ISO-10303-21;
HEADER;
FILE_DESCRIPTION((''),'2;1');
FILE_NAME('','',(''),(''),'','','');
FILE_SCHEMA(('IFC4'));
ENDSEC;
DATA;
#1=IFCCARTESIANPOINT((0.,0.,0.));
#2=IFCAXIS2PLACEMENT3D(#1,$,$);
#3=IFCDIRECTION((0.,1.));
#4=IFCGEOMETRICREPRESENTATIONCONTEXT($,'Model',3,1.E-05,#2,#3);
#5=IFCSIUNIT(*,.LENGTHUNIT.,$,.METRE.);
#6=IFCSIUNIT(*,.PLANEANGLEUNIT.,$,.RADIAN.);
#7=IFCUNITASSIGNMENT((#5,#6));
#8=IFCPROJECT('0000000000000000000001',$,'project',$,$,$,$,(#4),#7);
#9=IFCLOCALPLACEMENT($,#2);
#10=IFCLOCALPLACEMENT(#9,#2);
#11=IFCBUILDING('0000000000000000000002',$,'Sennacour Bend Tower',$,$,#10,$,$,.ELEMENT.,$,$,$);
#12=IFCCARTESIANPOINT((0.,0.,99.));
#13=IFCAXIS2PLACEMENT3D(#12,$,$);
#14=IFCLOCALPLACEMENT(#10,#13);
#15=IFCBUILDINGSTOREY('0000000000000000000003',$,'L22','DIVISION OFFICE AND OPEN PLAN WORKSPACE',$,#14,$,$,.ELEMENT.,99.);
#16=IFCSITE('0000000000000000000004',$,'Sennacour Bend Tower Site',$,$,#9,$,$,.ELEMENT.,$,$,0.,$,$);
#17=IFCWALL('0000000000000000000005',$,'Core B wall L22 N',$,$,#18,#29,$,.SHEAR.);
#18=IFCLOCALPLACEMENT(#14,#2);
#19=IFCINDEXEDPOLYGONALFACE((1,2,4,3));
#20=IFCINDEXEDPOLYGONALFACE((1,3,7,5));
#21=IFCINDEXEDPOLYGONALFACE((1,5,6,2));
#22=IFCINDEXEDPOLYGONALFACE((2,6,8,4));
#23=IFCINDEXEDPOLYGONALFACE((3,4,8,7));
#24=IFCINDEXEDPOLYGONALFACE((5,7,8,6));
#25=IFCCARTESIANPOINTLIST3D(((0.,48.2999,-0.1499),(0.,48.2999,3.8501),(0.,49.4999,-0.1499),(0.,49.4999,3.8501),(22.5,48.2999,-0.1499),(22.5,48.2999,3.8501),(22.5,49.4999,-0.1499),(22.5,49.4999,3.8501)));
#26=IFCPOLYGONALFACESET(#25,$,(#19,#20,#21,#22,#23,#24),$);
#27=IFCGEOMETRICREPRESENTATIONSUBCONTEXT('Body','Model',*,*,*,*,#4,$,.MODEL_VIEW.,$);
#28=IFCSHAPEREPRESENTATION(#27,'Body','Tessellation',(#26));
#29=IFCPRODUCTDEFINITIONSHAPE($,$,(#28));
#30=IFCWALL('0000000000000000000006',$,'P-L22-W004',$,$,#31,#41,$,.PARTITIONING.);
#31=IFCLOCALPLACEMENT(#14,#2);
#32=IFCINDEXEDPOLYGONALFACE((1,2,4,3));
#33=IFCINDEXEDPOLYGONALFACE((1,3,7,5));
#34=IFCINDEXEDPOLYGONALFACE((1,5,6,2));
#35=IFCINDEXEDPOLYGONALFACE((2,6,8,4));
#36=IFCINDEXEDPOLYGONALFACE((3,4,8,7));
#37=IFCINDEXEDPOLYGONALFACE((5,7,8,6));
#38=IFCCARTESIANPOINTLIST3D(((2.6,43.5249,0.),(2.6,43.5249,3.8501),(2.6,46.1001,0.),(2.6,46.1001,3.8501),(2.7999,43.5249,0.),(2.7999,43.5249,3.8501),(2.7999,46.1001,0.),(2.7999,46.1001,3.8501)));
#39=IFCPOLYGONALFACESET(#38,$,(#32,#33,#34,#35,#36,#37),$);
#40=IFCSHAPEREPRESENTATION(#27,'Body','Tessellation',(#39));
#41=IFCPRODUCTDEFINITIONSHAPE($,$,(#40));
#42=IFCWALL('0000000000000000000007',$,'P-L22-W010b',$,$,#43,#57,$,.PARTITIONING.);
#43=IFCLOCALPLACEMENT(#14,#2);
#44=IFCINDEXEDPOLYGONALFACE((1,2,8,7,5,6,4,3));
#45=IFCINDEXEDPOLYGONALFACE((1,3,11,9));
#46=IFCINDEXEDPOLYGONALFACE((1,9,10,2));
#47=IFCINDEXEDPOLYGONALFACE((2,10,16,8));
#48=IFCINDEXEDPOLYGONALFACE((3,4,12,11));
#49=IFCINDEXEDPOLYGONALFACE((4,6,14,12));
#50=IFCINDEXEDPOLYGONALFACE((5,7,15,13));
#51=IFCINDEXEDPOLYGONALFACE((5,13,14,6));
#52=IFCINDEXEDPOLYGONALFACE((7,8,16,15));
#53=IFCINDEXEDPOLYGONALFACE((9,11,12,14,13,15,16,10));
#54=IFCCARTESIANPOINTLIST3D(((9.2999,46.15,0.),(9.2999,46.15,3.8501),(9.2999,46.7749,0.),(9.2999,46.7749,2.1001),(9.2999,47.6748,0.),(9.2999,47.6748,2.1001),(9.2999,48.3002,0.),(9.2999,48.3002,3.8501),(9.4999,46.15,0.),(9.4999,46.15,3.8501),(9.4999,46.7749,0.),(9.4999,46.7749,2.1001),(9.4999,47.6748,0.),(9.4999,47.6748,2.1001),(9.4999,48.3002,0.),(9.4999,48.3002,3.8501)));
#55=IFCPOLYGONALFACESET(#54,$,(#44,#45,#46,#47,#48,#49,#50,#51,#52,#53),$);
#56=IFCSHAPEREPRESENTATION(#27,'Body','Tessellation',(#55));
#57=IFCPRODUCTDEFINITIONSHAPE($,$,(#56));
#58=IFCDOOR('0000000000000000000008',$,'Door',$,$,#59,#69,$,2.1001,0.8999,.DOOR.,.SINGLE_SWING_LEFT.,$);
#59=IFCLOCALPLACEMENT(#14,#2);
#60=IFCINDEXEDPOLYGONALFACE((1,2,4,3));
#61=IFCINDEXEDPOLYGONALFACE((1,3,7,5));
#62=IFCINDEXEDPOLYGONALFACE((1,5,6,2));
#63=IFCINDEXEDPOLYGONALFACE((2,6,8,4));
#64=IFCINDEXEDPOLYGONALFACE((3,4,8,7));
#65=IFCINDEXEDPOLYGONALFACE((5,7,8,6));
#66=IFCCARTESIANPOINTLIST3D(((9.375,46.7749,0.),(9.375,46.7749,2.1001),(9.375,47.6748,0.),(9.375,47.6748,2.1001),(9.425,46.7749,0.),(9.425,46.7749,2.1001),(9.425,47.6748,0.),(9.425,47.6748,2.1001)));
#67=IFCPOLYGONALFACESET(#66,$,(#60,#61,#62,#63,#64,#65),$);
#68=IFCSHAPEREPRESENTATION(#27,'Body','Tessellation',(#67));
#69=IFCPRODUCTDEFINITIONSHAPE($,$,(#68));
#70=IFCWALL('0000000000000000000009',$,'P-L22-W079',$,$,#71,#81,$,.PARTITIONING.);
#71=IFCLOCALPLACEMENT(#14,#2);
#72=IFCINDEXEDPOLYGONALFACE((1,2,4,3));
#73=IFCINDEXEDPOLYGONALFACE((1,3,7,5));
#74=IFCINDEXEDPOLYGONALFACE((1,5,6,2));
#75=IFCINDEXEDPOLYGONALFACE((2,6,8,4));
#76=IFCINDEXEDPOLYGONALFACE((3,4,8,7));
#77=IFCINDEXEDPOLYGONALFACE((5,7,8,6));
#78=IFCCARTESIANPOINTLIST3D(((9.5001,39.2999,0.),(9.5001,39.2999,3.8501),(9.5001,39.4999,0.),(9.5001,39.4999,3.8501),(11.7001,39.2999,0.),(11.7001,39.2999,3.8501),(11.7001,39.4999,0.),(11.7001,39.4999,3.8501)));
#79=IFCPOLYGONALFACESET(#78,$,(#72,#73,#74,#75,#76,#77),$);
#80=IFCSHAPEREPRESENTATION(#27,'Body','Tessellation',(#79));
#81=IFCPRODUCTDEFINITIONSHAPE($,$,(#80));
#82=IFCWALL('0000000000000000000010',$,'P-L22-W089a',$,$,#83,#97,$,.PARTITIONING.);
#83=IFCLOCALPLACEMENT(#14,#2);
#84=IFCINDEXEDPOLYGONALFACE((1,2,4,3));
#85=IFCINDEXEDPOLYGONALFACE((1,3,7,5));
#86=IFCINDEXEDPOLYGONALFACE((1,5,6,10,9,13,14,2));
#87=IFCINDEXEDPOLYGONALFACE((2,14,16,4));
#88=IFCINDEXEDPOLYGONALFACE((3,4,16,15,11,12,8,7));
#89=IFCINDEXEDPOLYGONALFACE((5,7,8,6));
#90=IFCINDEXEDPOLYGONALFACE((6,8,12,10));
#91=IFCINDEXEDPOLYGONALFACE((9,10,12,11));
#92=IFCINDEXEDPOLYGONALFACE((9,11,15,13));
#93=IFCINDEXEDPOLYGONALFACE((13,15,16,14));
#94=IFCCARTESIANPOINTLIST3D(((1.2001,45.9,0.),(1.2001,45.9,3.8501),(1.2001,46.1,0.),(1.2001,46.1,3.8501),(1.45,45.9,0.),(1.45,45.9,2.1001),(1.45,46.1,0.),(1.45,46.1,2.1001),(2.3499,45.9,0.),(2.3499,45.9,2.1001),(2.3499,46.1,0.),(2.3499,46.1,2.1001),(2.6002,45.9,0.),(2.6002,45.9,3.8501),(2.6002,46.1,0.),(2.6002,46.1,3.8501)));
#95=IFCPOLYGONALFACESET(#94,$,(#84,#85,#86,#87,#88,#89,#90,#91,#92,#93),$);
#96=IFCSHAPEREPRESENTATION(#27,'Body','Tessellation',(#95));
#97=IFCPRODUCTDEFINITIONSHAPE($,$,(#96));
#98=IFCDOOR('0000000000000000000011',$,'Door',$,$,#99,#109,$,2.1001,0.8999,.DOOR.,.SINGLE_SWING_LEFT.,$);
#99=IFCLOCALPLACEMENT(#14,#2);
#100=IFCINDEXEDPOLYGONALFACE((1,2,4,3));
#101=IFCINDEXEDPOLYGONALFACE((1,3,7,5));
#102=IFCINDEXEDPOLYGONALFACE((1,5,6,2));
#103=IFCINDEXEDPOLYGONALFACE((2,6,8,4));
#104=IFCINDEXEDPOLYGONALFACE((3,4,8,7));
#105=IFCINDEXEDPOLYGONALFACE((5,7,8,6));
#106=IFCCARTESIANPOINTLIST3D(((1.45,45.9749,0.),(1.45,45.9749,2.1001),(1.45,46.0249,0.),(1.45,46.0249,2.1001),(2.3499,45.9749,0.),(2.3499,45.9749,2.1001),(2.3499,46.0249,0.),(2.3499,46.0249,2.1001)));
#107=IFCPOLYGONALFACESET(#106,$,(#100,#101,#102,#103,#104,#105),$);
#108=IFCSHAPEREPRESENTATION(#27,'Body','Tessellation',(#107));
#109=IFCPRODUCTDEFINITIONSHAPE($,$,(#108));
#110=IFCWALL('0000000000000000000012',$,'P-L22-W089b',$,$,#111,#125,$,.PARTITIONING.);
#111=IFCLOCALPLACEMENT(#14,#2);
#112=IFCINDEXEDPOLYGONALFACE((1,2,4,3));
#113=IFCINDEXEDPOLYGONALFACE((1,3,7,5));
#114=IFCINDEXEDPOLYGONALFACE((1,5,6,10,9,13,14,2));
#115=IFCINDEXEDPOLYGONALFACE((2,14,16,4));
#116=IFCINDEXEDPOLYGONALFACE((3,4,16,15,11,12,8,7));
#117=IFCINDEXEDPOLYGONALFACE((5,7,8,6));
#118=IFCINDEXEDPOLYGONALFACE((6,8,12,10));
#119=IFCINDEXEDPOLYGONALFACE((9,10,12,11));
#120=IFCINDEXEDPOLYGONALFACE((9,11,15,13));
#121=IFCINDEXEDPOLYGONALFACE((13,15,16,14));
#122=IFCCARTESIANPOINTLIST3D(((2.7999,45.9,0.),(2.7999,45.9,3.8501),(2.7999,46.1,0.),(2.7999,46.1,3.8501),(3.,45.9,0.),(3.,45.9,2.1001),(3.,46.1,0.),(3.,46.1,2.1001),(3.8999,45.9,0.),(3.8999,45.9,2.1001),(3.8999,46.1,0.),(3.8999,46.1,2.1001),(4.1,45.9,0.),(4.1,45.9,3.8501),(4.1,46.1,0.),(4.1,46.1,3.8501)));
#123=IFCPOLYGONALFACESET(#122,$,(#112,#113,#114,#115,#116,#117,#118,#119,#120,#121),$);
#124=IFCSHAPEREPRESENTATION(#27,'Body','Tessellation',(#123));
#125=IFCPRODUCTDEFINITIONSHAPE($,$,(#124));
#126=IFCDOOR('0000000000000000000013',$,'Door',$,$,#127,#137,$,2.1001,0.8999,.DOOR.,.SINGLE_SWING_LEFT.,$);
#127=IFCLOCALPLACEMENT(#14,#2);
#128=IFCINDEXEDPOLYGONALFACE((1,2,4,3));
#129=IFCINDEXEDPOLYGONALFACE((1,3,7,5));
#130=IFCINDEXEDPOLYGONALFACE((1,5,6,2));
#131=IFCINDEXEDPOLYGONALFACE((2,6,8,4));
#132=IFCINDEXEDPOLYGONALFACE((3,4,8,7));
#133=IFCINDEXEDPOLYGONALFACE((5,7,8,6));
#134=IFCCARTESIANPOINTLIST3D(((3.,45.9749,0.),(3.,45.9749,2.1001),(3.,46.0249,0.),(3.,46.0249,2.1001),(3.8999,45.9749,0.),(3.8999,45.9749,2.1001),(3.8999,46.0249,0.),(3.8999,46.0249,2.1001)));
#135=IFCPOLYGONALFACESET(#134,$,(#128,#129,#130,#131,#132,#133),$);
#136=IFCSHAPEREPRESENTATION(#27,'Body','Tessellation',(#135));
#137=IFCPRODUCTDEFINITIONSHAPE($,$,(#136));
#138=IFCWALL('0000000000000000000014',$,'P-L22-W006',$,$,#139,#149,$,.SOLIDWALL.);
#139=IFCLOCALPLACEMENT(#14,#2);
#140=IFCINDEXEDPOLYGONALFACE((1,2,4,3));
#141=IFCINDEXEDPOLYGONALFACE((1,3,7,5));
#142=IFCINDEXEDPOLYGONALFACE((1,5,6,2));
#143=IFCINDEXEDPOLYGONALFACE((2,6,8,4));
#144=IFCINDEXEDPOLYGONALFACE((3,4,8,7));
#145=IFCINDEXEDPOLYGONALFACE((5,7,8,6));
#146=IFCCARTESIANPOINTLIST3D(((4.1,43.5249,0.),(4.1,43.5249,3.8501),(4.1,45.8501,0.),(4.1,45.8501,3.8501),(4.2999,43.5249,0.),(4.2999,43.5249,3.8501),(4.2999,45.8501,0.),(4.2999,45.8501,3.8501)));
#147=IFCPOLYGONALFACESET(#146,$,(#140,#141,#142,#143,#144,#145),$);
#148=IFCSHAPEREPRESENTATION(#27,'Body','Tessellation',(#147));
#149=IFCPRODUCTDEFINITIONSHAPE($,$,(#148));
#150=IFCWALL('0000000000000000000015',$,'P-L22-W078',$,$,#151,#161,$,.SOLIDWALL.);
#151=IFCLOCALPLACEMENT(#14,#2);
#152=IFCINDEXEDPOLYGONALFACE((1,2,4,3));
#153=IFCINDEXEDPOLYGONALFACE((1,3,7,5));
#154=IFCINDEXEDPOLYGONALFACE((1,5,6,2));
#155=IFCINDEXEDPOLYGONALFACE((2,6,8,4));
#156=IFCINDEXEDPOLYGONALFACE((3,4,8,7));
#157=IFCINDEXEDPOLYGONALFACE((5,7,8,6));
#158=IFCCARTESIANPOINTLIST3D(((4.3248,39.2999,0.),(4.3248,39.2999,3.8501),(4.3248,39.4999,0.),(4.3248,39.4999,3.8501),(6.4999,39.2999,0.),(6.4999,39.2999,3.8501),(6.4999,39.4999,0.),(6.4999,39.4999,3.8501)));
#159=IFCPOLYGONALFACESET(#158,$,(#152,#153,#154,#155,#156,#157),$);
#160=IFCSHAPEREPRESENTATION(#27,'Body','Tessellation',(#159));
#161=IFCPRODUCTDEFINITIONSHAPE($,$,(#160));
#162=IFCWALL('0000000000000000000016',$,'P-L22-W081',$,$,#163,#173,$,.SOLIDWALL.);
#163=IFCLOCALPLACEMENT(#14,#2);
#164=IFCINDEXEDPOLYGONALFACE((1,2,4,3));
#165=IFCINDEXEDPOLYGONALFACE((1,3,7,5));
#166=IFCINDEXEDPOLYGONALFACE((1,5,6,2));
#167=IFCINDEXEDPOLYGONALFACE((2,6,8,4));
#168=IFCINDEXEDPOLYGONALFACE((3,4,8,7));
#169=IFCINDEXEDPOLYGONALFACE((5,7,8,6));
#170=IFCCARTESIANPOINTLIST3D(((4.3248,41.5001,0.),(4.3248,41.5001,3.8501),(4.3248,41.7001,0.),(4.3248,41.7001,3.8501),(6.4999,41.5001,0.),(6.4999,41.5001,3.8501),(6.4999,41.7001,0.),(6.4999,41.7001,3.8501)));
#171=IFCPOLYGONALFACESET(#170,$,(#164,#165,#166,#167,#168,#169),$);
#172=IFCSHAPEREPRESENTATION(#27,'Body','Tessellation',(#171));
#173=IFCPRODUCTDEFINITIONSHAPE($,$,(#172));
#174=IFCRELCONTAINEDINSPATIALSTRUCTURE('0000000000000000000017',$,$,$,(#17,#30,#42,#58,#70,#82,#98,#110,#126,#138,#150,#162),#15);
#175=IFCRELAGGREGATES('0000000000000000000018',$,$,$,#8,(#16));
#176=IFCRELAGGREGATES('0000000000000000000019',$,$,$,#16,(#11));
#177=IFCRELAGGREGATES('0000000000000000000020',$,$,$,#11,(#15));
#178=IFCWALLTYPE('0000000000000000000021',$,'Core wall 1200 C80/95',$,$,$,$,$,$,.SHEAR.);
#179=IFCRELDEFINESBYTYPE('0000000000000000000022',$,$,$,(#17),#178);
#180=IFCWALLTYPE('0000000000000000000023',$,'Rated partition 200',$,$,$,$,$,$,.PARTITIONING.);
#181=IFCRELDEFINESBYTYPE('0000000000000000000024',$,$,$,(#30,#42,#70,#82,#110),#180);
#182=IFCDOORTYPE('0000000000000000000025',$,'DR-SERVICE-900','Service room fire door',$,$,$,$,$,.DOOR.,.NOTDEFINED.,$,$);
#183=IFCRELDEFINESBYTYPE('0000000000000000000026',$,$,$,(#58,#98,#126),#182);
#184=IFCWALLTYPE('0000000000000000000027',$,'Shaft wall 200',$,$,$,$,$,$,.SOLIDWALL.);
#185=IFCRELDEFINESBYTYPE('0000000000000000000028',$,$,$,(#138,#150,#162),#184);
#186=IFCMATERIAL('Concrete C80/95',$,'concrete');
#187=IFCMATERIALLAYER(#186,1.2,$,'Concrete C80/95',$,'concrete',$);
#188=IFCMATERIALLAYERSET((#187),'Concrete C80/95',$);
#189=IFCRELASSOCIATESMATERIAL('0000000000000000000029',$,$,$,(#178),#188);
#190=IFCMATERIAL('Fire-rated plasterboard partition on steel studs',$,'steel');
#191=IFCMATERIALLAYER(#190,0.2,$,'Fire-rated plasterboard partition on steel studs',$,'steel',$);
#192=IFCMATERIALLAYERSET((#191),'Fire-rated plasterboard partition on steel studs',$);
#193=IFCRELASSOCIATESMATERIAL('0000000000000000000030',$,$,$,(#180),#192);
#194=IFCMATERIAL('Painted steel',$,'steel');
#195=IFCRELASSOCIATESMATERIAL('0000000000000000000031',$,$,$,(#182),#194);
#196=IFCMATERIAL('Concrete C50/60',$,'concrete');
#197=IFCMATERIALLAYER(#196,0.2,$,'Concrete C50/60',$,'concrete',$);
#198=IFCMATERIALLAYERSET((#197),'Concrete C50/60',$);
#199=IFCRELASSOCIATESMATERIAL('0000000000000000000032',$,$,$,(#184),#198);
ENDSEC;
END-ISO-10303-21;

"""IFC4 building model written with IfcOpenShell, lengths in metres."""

from ifc_helpers import new_model, si_unit, direction, frame, frame_2d, origin, place, context, subcontext, project, spatial, rectangle, extrude, material, layer, layer_set, type_object, element, fill, save


model = new_model("IFC4")

# Units and contexts
model_context = context("Model", 3, precision=1e-05, world=origin(), true_north=direction((0.0, 1.0)))
body_context = subcontext(model_context, "Body", "Model", "MODEL_VIEW")
ifc_project = project(units=[si_unit("LENGTHUNIT", "METRE"), si_unit("PLANEANGLEUNIT", "RADIAN")], contexts=[model_context])

# Site, building, storey
site_placement = place(None, origin())
site = spatial("IfcSite", under=ifc_project, at=site_placement, Name="Sennacour Bend Tower Site", CompositionType="ELEMENT", RefElevation=0.0)
building_placement = place(site_placement, origin())
building = spatial("IfcBuilding", under=site, at=building_placement, Name="Sennacour Bend Tower", CompositionType="ELEMENT")
storey_placement = place(building_placement, frame((0.0, 0.0, 99.0)))
storey = spatial("IfcBuildingStorey", under=building, at=storey_placement, Name="L22", Description="DIVISION OFFICE AND OPEN PLAN WORKSPACE", CompositionType="ELEMENT", Elevation=99.0)

# Walls
ifc_material_1 = material(Name="Concrete C80/95", Category="concrete")
ifc_layer_1 = layer(ifc_material_1, 1.2, Name="Concrete C80/95", Category="concrete")
ifc_layer_set_1 = layer_set([ifc_layer_1], Name="Concrete C80/95")
wall_type_1 = type_object("IfcWallType", Name="Core wall 1200 C80/95", PredefinedType="SHEAR", material=ifc_layer_set_1)
wall_1_placement = place(storey_placement, frame((0.0, 48.8999, -0.1499), z_axis=(0.0, 0.0, 1.0), x_axis=(1.0, 0.0, 0.0)))
element("IfcWall", 1, at=wall_1_placement, inside=storey, type_object=wall_type_1, Name="Core B wall L22 N", PredefinedType="SHEAR", context=body_context, shape_type="SweptSolid", body=[
    extrude(rectangle(XDim=22.5, YDim=1.2, at=frame_2d((11.25, 0.0))), origin(), (0.0, 0.0, 1.0), 4.0),
])
ifc_material_2 = material(Name="Fire-rated plasterboard partition on steel studs", Category="steel")
ifc_layer_2 = layer(ifc_material_2, 0.2, Name="Fire-rated plasterboard partition on steel studs", Category="steel")
ifc_layer_set_2 = layer_set([ifc_layer_2], Name="Fire-rated plasterboard partition on steel studs")
wall_type_2 = type_object("IfcWallType", Name="Rated partition 200", PredefinedType="PARTITIONING", material=ifc_layer_set_2)
wall_2_placement = place(storey_placement, frame((2.7, 43.5249, 0.0), z_axis=(0.0, 0.0, 1.0), x_axis=(0.0, 1.0, 0.0)))
element("IfcWall", 2, at=wall_2_placement, inside=storey, type_object=wall_type_2, Name="P-L22-W004", PredefinedType="PARTITIONING", context=body_context, shape_type="SweptSolid", body=[
    extrude(rectangle(XDim=2.5752, YDim=0.2, at=frame_2d((1.2876, 0.0))), origin(), (0.0, 0.0, 1.0), 3.8501),
])

# Wall, opening, door
wall_3_placement = place(storey_placement, frame((9.3999, 46.1499, 0.0), z_axis=(0.0, 0.0, 1.0), x_axis=(0.0, 1.0, 0.0)))
wall_3 = element("IfcWall", 3, at=wall_3_placement, inside=storey, type_object=wall_type_2, Name="P-L22-W010b", PredefinedType="PARTITIONING", context=body_context, shape_type="SweptSolid", body=[
    extrude(rectangle(XDim=2.1501, YDim=0.2, at=frame_2d((1.0752, 0.0))), origin(), (0.0, 0.0, 1.0), 3.8501),
])
opening_1_placement = place(wall_3_placement, frame((0.625, 0.0, 0.0)))
opening_1 = element("IfcOpeningElement", 4, at=opening_1_placement, cuts=wall_3, PredefinedType="OPENING", context=body_context, shape_type="SweptSolid", body=[
    extrude(rectangle(XDim=0.8999, YDim=2.1001, at=frame_2d((0.45, 1.05))), frame((0.0, 0.1099, 0.0), z_axis=(0.0, -1.0, 0.0), x_axis=(1.0, 0.0, 0.0)), (0.0, 0.0, 1.0), 0.22),
])
ifc_material_3 = material(Name="Painted steel", Category="steel")
door_type_1 = type_object("IfcDoorType", Name="DR-SERVICE-900", Description="Service room fire door", OperationType="NOTDEFINED", PredefinedType="DOOR", material=ifc_material_3)
door_1_placement = place(opening_1_placement, origin())
door_1 = element("IfcDoor", 5, at=door_1_placement, inside=storey, type_object=door_type_1, Name="Door", OperationType="SINGLE_SWING_LEFT", OverallHeight=2.1001, OverallWidth=0.8999, PredefinedType="DOOR", context=body_context, shape_type="SweptSolid", body=[
    extrude(rectangle(XDim=0.8999, YDim=2.1001, at=frame_2d((0.45, 1.05))), frame((0.0, 0.0249, 0.0), z_axis=(0.0, -1.0, 0.0), x_axis=(1.0, 0.0, 0.0)), (0.0, 0.0, 1.0), 0.05),
])
fill(opening_1, door_1)

# Wall
wall_4_placement = place(storey_placement, frame((9.5, 39.3999, 0.0), z_axis=(0.0, 0.0, 1.0), x_axis=(1.0, 0.0, 0.0)))
element("IfcWall", 6, at=wall_4_placement, inside=storey, type_object=wall_type_2, Name="P-L22-W079", PredefinedType="PARTITIONING", context=body_context, shape_type="SweptSolid", body=[
    extrude(rectangle(XDim=2.2, YDim=0.2, at=frame_2d((1.1001, 0.0))), origin(), (0.0, 0.0, 1.0), 3.8501),
])

# Walls, openings, doors
wall_5_placement = place(storey_placement, frame((1.2, 46.0, 0.0), z_axis=(0.0, 0.0, 1.0), x_axis=(1.0, 0.0, 0.0)))
wall_5 = element("IfcWall", 7, at=wall_5_placement, inside=storey, type_object=wall_type_2, Name="P-L22-W089a", PredefinedType="PARTITIONING", context=body_context, shape_type="SweptSolid", body=[
    extrude(rectangle(XDim=1.4001, YDim=0.2, at=frame_2d((0.7002, 0.0))), origin(), (0.0, 0.0, 1.0), 3.8501),
])
opening_2_placement = place(wall_5_placement, frame((0.25, 0.0, 0.0)))
opening_2 = element("IfcOpeningElement", 8, at=opening_2_placement, cuts=wall_5, PredefinedType="OPENING", context=body_context, shape_type="SweptSolid", body=[
    extrude(rectangle(XDim=0.8999, YDim=2.1001, at=frame_2d((0.45, 1.05))), frame((0.0, 0.1099, 0.0), z_axis=(0.0, -1.0, 0.0), x_axis=(1.0, 0.0, 0.0)), (0.0, 0.0, 1.0), 0.22),
])
door_2_placement = place(opening_2_placement, origin())
door_2 = element("IfcDoor", 9, at=door_2_placement, inside=storey, type_object=door_type_1, Name="Door", OperationType="SINGLE_SWING_LEFT", OverallHeight=2.1001, OverallWidth=0.8999, PredefinedType="DOOR", context=body_context, shape_type="SweptSolid", body=[
    extrude(rectangle(XDim=0.8999, YDim=2.1001, at=frame_2d((0.45, 1.05))), frame((0.0, 0.0249, 0.0), z_axis=(0.0, -1.0, 0.0), x_axis=(1.0, 0.0, 0.0)), (0.0, 0.0, 1.0), 0.05),
])
fill(opening_2, door_2)
wall_6_placement = place(storey_placement, frame((2.8, 46.0, 0.0), z_axis=(0.0, 0.0, 1.0), x_axis=(1.0, 0.0, 0.0)))
wall_6 = element("IfcWall", 10, at=wall_6_placement, inside=storey, type_object=wall_type_2, Name="P-L22-W089b", PredefinedType="PARTITIONING", context=body_context, shape_type="SweptSolid", body=[
    extrude(rectangle(XDim=1.3, YDim=0.2, at=frame_2d((0.6499, 0.0))), origin(), (0.0, 0.0, 1.0), 3.8501),
])
opening_3_placement = place(wall_6_placement, frame((0.2, 0.0, 0.0)))
opening_3 = element("IfcOpeningElement", 11, at=opening_3_placement, cuts=wall_6, PredefinedType="OPENING", context=body_context, shape_type="SweptSolid", body=[
    extrude(rectangle(XDim=0.8999, YDim=2.1001, at=frame_2d((0.45, 1.05))), frame((0.0, 0.1099, 0.0), z_axis=(0.0, -1.0, 0.0), x_axis=(1.0, 0.0, 0.0)), (0.0, 0.0, 1.0), 0.22),
])
door_3_placement = place(opening_3_placement, origin())
door_3 = element("IfcDoor", 12, at=door_3_placement, inside=storey, type_object=door_type_1, Name="Door", OperationType="SINGLE_SWING_LEFT", OverallHeight=2.1001, OverallWidth=0.8999, PredefinedType="DOOR", context=body_context, shape_type="SweptSolid", body=[
    extrude(rectangle(XDim=0.8999, YDim=2.1001, at=frame_2d((0.45, 1.05))), frame((0.0, 0.0249, 0.0), z_axis=(0.0, -1.0, 0.0), x_axis=(1.0, 0.0, 0.0)), (0.0, 0.0, 1.0), 0.05),
])
fill(opening_3, door_3)

# Walls
ifc_material_4 = material(Name="Concrete C50/60", Category="concrete")
ifc_layer_3 = layer(ifc_material_4, 0.2, Name="Concrete C50/60", Category="concrete")
ifc_layer_set_3 = layer_set([ifc_layer_3], Name="Concrete C50/60")
wall_type_3 = type_object("IfcWallType", Name="Shaft wall 200", PredefinedType="SOLIDWALL", material=ifc_layer_set_3)
wall_7_placement = place(storey_placement, frame((4.2, 43.5249, 0.0), z_axis=(0.0, 0.0, 1.0), x_axis=(0.0, 1.0, 0.0)))
element("IfcWall", 13, at=wall_7_placement, inside=storey, type_object=wall_type_3, Name="P-L22-W006", PredefinedType="SOLIDWALL", context=body_context, shape_type="SweptSolid", body=[
    extrude(rectangle(XDim=2.3252, YDim=0.2, at=frame_2d((1.1626, 0.0))), origin(), (0.0, 0.0, 1.0), 3.8501),
])
for number, where, z_axis, x_axis, name in (
    (14, (4.325, 39.3999, 0.0), (0.0, 0.0, 1.0), (1.0, 0.0, 0.0), "P-L22-W078"),
    (15, (4.325, 41.6001, 0.0), (0.0, 0.0, 1.0), (1.0, 0.0, 0.0), "P-L22-W081"),
):
    element("IfcWall", number, at=place(storey_placement, frame(where, z_axis=z_axis, x_axis=x_axis)), inside=storey, type_object=wall_type_3, Name=name, PredefinedType="SOLIDWALL", context=body_context, shape_type="SweptSolid", body=[
        extrude(rectangle(XDim=2.175, YDim=0.2, at=frame_2d((1.0874, 0.0))), origin(), (0.0, 0.0, 1.0), 3.8501),
    ])

save(model, "model.ifc")
